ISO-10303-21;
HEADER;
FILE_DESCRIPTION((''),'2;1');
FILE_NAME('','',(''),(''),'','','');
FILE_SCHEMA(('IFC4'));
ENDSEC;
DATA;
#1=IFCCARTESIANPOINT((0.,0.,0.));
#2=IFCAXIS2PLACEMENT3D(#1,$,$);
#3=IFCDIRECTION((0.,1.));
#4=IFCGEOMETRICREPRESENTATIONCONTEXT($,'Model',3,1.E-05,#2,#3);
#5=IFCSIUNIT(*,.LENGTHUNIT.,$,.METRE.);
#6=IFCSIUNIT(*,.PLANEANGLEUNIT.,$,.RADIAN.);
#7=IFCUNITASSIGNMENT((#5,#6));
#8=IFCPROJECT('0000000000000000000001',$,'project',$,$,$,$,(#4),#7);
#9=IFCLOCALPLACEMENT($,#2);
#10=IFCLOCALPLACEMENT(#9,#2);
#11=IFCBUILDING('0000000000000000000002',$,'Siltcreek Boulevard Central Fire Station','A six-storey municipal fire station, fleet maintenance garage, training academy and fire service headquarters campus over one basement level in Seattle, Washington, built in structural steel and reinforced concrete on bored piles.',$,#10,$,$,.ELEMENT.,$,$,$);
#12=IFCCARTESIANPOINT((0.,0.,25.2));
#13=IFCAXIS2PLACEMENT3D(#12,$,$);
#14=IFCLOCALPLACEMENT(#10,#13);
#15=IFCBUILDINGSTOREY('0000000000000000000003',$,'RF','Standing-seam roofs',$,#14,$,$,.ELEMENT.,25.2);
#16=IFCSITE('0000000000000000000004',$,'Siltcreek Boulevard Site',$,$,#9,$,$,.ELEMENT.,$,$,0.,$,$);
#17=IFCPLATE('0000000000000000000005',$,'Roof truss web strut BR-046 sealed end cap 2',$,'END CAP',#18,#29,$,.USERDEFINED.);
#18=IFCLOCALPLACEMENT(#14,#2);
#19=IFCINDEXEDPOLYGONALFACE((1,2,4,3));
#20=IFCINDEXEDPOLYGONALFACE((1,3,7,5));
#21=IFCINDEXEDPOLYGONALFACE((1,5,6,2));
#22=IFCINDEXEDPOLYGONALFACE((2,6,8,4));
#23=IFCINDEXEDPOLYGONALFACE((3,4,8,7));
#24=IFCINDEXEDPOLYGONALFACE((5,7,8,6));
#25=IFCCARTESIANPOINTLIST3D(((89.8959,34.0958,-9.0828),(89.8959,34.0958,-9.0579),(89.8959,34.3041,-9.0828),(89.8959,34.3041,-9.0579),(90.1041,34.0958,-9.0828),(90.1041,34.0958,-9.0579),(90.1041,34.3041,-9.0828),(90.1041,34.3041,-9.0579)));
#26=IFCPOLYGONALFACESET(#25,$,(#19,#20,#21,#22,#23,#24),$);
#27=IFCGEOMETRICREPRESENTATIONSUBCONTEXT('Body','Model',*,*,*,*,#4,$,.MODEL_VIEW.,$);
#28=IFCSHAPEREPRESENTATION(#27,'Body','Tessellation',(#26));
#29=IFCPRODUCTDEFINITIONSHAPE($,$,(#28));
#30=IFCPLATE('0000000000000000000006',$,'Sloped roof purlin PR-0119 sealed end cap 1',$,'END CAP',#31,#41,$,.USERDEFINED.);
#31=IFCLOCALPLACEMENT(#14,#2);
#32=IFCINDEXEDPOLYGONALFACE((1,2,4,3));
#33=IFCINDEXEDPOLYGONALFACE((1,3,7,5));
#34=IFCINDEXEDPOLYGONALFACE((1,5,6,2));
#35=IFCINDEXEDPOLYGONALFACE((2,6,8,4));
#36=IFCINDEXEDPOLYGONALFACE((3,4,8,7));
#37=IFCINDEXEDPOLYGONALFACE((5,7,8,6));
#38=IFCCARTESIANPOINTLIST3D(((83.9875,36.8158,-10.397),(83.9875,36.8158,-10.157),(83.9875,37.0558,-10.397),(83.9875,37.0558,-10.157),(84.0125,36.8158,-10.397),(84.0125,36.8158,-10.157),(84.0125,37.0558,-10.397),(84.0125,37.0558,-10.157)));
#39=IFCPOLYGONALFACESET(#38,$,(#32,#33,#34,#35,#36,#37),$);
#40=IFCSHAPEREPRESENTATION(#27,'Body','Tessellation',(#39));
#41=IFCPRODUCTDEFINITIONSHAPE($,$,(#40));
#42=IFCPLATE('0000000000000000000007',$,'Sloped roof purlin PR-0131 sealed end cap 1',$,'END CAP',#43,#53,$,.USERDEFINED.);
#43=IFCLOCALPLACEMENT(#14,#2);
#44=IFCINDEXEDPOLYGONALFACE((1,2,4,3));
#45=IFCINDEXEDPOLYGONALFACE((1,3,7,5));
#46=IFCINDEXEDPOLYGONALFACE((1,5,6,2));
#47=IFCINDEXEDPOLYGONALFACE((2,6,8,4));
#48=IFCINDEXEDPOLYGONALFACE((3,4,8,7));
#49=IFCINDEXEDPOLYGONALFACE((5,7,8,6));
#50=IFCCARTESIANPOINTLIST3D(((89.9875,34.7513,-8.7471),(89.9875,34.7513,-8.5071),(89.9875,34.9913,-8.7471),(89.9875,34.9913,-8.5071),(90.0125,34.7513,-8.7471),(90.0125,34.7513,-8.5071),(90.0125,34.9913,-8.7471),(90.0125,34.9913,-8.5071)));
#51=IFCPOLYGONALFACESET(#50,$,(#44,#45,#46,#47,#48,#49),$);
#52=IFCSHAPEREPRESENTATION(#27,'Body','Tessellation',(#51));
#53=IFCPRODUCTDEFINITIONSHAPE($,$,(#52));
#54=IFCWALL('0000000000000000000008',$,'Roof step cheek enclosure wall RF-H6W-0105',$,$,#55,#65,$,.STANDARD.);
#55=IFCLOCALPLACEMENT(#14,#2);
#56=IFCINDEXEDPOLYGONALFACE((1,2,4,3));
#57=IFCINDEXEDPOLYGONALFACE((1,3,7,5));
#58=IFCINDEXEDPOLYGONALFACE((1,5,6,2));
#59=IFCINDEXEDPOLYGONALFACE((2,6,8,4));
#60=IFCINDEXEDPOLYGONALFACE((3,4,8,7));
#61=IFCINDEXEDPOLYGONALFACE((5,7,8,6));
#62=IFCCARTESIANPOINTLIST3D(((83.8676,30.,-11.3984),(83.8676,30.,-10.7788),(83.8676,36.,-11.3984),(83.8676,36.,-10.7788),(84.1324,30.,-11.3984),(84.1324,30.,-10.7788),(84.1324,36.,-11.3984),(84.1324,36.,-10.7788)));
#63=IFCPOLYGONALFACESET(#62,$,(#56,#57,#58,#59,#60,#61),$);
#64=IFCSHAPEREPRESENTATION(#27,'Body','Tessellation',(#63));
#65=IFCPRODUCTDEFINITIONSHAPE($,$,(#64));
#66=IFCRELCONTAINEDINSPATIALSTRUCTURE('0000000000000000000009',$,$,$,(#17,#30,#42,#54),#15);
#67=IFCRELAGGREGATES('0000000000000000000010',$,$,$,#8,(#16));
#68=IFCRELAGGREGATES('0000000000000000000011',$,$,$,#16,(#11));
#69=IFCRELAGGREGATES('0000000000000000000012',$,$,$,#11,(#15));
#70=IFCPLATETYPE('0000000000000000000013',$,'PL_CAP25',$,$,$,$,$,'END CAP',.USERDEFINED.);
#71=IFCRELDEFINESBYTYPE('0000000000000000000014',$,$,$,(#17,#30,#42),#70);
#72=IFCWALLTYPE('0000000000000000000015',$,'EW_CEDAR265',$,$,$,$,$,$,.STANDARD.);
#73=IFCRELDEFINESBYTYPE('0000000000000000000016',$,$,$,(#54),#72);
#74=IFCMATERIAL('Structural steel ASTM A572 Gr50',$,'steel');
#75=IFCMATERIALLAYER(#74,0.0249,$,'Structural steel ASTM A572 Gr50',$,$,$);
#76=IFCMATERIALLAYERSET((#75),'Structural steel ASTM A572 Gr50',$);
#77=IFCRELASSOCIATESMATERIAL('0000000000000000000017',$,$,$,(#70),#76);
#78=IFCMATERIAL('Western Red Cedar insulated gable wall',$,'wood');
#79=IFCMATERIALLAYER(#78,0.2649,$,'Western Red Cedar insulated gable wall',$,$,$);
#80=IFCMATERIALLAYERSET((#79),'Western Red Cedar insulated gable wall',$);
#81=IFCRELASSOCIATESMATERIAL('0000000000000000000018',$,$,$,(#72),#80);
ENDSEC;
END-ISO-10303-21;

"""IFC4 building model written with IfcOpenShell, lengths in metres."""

from ifc_helpers import new_model, si_unit, direction, frame, frame_2d, origin, origin_2d, place, context, subcontext, project, spatial, rectangle, extrude, material, layer, layer_set, type_object, element, save


model = new_model("IFC4")

# Units and contexts
model_context = context("Model", 3, precision=1e-05, world=origin(), true_north=direction((0.0, 1.0)))
body_context = subcontext(model_context, "Body", "Model", "MODEL_VIEW")
ifc_project = project(units=[si_unit("LENGTHUNIT", "METRE"), si_unit("PLANEANGLEUNIT", "RADIAN")], contexts=[model_context])

# Site, building, storey
site_placement = place(None, origin())
site = spatial("IfcSite", under=ifc_project, at=site_placement, Name="Siltcreek Boulevard Site", CompositionType="ELEMENT", RefElevation=0.0)
building_placement = place(site_placement, origin())
building = spatial("IfcBuilding", under=site, at=building_placement, Name="Siltcreek Boulevard Central Fire Station", Description="A six-storey municipal fire station, fleet maintenance garage, training academy and fire service headquarters campus over one basement level in Seattle, Washington, built in structural steel and reinforced concrete on bored piles.", CompositionType="ELEMENT")
storey_placement = place(building_placement, frame((0.0, 0.0, 25.2)))
storey = spatial("IfcBuildingStorey", under=building, at=storey_placement, Name="RF", Description="Standing-seam roofs", CompositionType="ELEMENT", Elevation=25.2)

# Plates
ifc_material_1 = material(Name="Structural steel ASTM A572 Gr50", Category="steel")
ifc_layer_1 = layer(ifc_material_1, 0.0249, Name="Structural steel ASTM A572 Gr50")
ifc_layer_set_1 = layer_set([ifc_layer_1], Name="Structural steel ASTM A572 Gr50")
plate_type = type_object("IfcPlateType", Name="PL_CAP25", ElementType="END CAP", PredefinedType="USERDEFINED", material=ifc_layer_set_1)
for number, where, z_axis, x_axis, name in (
    (1, (90.0, 34.2, -9.0828), (0.0, 0.0, 1.0), (1.0, 0.0, 0.0), "Roof truss web strut BR-046 sealed end cap 2"),
):
    element("IfcPlate", number, at=place(storey_placement, frame(where, z_axis=z_axis, x_axis=x_axis)), inside=storey, type_object=plate_type, Name=name, ObjectType="END CAP", PredefinedType="USERDEFINED", context=body_context, shape_type="SweptSolid", body=[
        extrude(rectangle(XDim=0.2083, YDim=0.2083, at=origin_2d()), origin(), (0.0, 0.0, 1.0), 0.0249),
    ])
for number, where, z_axis, x_axis, name in (
    (2, (84.0, 36.9358, -10.397), (0.0, 0.0, 1.0), (1.0, 0.0, 0.0), "Sloped roof purlin PR-0119 sealed end cap 1"),
    (3, (90.0, 34.8713, -8.7471), (0.0, 0.0, 1.0), (1.0, 0.0, 0.0), "Sloped roof purlin PR-0131 sealed end cap 1"),
):
    element("IfcPlate", number, at=place(storey_placement, frame(where, z_axis=z_axis, x_axis=x_axis)), inside=storey, type_object=plate_type, Name=name, ObjectType="END CAP", PredefinedType="USERDEFINED", context=body_context, shape_type="SweptSolid", body=[
        extrude(rectangle(XDim=0.0249, YDim=0.24, at=origin_2d()), origin(), (0.0, 0.0, 1.0), 0.24),
    ])

# Wall
ifc_material_2 = material(Name="Western Red Cedar insulated gable wall", Category="wood")
ifc_layer_2 = layer(ifc_material_2, 0.2649, Name="Western Red Cedar insulated gable wall")
ifc_layer_set_2 = layer_set([ifc_layer_2], Name="Western Red Cedar insulated gable wall")
wall_type = type_object("IfcWallType", Name="EW_CEDAR265", PredefinedType="STANDARD", material=ifc_layer_set_2)
wall_placement = place(storey_placement, frame((84.0, 36.0, -11.3984), z_axis=(0.0, 0.0, 1.0), x_axis=(0.0, -1.0, 0.0)))
element("IfcWall", 4, at=wall_placement, inside=storey, type_object=wall_type, Name="Roof step cheek enclosure wall RF-H6W-0105", PredefinedType="STANDARD", context=body_context, shape_type="SweptSolid", body=[
    extrude(rectangle(XDim=6.0, YDim=0.2649, at=frame_2d((3.0, 0.0))), origin(), (0.0, 0.0, 1.0), 0.6196),
])

save(model, "model.ifc")
